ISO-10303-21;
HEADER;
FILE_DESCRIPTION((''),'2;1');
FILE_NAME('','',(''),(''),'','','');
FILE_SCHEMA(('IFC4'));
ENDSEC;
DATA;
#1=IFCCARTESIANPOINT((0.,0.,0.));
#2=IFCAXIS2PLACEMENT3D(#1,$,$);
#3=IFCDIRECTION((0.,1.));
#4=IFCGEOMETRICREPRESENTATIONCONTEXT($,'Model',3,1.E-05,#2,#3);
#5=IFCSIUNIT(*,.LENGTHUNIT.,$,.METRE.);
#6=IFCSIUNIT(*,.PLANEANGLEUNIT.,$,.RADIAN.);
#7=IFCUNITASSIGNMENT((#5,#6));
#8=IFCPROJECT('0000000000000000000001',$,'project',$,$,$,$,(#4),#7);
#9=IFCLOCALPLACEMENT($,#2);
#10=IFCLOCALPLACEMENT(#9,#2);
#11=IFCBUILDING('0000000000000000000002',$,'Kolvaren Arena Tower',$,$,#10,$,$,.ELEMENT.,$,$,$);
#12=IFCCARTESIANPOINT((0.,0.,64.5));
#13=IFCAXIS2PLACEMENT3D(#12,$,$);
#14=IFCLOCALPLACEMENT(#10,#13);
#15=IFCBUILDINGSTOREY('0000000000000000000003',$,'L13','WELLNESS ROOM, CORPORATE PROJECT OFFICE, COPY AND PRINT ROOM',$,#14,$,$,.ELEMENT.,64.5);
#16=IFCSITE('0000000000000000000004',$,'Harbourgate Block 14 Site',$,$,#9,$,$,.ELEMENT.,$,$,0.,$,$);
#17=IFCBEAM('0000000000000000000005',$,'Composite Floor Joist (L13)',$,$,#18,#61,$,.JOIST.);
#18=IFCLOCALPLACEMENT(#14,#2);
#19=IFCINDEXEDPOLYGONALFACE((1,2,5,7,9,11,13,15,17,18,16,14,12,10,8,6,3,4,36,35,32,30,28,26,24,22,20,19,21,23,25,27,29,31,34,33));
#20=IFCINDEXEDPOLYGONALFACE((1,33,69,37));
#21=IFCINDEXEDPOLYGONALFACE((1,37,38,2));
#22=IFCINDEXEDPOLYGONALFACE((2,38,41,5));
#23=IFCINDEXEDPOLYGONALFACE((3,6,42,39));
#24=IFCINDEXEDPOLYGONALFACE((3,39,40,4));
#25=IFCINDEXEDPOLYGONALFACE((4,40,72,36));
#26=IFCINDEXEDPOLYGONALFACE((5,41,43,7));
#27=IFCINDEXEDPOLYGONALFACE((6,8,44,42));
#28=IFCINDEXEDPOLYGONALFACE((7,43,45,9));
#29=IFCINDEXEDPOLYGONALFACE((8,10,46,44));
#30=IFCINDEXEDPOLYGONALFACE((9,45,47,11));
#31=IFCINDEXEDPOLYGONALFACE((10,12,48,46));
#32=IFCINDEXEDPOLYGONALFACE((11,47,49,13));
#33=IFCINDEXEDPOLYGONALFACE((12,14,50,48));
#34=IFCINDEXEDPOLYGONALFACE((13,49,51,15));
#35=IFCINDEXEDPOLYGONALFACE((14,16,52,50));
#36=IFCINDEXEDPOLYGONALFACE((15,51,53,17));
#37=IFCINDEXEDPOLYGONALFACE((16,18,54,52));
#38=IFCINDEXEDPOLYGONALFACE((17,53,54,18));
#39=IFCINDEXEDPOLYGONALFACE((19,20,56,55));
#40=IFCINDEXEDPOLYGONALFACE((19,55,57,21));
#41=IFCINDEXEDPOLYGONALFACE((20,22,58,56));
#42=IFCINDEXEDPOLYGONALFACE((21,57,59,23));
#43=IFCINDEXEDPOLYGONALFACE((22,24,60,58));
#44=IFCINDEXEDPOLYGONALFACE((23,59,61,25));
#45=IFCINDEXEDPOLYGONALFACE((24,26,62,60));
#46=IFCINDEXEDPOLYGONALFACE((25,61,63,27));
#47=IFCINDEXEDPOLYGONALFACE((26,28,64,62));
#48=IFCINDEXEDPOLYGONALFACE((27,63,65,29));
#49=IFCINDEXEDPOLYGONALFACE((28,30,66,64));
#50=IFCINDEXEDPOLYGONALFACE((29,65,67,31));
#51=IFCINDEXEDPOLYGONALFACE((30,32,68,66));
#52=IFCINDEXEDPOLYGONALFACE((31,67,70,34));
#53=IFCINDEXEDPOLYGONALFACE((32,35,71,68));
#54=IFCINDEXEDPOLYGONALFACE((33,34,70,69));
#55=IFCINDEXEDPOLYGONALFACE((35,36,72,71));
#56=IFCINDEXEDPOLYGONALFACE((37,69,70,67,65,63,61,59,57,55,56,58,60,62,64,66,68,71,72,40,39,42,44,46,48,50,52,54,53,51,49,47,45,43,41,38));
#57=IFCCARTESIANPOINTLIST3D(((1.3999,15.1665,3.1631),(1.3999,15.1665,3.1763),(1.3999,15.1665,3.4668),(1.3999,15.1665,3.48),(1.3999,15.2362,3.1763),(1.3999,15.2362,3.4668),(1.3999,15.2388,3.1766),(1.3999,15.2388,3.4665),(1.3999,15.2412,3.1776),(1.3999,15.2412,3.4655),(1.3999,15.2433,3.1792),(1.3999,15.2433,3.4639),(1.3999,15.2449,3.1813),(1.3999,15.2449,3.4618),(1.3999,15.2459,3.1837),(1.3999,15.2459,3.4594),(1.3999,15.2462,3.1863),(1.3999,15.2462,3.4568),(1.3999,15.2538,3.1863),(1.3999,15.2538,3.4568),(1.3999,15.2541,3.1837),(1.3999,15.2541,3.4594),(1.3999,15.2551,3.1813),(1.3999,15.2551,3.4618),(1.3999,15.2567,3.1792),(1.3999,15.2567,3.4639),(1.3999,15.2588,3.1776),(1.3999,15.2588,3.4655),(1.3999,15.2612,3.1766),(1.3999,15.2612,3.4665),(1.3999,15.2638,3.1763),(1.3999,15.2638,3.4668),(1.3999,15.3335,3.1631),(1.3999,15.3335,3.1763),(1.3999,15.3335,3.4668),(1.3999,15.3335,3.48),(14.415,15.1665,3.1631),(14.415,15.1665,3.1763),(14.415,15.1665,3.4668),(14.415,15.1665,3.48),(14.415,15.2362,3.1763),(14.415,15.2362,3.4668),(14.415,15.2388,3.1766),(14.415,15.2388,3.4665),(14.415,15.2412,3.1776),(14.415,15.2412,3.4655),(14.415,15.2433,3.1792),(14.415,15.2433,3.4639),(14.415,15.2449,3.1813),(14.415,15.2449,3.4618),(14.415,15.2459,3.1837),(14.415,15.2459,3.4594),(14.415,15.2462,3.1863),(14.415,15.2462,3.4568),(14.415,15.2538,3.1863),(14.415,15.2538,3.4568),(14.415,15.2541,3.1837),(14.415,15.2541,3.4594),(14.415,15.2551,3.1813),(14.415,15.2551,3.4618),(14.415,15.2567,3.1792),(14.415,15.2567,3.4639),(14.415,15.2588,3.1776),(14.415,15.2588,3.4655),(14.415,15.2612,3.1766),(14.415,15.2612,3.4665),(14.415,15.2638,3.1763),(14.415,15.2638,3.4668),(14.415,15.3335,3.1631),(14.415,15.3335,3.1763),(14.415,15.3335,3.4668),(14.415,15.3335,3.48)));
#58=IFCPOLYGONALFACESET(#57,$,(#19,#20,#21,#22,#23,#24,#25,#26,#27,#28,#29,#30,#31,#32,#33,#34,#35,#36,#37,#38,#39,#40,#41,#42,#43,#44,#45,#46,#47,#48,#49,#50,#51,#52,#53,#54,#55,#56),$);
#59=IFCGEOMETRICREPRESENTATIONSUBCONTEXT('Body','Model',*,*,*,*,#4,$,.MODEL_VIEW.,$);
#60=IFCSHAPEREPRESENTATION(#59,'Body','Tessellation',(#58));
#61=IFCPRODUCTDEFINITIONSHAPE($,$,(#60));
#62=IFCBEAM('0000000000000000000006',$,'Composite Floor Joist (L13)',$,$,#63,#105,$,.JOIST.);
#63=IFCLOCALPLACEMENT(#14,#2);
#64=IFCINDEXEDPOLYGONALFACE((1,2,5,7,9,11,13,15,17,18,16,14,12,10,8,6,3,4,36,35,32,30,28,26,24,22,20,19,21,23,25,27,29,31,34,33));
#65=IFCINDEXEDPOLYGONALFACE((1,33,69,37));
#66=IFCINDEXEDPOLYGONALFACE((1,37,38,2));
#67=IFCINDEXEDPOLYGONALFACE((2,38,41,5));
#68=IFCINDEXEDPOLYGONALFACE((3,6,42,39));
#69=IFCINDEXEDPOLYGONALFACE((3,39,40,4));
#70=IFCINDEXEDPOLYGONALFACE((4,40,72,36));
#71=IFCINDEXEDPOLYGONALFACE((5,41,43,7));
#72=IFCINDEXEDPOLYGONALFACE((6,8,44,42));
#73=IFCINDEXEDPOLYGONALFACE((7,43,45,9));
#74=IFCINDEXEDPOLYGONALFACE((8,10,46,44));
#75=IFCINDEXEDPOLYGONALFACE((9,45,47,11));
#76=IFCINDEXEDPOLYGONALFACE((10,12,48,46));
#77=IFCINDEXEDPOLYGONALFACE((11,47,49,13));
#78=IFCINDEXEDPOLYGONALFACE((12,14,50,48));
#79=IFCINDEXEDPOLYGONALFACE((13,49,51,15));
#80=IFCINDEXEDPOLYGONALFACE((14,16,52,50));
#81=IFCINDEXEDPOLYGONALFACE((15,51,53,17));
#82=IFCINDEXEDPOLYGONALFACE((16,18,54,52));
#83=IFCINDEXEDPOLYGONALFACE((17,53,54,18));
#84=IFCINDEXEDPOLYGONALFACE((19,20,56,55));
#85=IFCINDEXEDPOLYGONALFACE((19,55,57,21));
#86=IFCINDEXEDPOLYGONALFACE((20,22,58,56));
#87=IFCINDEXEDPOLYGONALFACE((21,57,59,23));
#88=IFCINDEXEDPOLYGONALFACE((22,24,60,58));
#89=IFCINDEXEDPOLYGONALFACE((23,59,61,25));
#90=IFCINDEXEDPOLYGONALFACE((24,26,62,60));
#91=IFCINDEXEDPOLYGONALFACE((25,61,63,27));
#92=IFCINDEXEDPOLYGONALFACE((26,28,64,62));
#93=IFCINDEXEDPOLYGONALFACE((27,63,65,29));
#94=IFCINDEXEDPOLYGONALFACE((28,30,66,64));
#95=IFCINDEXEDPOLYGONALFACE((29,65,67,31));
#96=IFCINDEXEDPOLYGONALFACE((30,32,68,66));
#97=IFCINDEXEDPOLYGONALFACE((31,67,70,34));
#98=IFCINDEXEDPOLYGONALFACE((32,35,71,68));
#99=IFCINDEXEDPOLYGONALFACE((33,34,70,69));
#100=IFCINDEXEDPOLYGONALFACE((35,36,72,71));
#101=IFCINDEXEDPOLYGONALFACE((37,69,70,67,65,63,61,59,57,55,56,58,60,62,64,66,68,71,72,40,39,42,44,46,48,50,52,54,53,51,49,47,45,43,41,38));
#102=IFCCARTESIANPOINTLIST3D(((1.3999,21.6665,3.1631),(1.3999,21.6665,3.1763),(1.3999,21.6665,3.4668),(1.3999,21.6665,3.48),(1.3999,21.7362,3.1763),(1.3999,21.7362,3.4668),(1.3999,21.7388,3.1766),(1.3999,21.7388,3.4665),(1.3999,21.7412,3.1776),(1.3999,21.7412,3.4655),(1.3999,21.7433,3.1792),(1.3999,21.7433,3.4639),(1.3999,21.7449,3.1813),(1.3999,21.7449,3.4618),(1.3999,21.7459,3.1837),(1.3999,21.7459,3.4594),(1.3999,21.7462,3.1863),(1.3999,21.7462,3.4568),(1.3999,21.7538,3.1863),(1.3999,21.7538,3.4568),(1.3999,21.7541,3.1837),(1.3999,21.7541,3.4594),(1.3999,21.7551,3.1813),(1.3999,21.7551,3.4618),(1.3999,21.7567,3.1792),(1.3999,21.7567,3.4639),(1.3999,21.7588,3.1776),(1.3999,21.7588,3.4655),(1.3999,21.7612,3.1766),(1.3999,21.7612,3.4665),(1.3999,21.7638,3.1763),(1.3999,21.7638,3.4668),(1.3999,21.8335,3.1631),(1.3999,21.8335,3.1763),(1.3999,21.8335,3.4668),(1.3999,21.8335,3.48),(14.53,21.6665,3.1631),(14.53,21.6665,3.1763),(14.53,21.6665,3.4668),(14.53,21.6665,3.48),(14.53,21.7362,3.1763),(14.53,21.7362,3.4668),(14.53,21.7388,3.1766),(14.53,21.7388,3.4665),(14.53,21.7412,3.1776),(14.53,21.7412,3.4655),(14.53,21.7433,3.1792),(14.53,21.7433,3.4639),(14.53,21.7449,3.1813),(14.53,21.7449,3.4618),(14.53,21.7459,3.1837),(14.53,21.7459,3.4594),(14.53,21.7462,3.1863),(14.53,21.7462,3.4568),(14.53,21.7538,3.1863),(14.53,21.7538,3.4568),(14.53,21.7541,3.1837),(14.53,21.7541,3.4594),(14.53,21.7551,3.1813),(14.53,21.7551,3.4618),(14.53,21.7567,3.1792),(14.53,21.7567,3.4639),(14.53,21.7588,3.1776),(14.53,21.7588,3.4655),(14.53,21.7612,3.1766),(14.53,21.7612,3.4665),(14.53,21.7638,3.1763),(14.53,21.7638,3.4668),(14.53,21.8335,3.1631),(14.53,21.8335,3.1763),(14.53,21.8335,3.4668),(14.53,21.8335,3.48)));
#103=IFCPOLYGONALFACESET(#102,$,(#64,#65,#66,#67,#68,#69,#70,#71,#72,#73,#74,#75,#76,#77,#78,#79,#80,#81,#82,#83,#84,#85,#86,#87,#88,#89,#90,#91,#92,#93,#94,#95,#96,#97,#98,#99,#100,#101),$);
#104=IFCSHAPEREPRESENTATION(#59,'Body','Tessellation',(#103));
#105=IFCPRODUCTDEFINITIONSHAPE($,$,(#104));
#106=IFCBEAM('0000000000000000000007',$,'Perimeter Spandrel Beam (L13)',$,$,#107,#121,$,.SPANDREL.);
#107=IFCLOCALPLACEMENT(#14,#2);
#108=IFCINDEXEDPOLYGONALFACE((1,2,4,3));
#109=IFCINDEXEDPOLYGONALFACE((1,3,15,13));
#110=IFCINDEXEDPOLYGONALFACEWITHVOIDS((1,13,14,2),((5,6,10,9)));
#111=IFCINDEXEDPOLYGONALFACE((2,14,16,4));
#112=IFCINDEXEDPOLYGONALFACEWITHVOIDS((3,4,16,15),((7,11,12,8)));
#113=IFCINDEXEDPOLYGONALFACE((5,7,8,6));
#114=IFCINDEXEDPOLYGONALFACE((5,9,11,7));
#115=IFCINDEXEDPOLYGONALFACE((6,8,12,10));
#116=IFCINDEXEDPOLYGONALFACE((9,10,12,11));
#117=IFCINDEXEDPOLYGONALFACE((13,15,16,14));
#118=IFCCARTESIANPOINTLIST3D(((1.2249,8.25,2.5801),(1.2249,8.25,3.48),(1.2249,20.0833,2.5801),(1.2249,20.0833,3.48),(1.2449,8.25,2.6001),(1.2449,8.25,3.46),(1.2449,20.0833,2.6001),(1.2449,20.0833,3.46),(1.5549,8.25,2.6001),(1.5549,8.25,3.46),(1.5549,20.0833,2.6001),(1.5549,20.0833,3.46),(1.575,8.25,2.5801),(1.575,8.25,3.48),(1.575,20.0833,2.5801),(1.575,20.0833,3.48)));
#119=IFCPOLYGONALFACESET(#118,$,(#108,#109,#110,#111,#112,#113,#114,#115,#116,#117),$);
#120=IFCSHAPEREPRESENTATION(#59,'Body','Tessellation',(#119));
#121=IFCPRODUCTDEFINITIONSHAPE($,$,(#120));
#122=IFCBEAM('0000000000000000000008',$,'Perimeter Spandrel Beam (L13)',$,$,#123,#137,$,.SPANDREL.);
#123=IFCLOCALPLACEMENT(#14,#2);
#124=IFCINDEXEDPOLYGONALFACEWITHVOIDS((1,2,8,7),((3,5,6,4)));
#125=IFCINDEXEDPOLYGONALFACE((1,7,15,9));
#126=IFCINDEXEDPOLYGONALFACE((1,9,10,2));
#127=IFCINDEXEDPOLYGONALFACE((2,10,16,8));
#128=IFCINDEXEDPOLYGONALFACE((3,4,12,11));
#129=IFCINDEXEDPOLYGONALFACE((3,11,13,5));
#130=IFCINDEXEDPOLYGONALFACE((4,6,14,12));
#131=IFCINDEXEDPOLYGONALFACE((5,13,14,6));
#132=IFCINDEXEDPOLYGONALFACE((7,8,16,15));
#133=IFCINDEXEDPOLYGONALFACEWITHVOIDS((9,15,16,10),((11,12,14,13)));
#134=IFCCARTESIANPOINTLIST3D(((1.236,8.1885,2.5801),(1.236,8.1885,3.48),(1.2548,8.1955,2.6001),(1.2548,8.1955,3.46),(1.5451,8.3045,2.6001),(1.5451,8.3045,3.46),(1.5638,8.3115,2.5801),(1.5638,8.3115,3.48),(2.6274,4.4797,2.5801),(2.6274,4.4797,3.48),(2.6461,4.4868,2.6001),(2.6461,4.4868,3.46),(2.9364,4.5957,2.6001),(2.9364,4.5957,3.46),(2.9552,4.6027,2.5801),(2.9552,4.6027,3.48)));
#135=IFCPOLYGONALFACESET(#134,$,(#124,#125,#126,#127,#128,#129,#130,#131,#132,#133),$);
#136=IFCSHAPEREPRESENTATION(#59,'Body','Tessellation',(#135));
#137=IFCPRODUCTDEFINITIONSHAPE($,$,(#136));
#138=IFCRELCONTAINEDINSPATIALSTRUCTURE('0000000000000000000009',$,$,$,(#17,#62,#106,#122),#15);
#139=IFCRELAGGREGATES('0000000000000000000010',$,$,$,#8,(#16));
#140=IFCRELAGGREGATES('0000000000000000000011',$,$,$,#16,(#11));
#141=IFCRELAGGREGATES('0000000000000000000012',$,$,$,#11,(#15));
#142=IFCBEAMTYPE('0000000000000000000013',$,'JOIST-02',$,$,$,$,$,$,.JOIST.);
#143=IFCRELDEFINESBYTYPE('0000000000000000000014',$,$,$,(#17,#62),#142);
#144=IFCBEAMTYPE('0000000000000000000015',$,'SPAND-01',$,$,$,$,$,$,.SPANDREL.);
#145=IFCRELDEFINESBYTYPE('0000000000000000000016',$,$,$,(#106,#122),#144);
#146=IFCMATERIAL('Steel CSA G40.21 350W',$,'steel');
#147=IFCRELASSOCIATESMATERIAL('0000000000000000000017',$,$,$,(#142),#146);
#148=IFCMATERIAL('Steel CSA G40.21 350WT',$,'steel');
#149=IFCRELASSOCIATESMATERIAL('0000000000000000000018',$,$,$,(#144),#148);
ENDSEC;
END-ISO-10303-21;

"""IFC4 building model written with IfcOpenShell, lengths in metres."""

from ifc_helpers import new_model, si_unit, direction, frame, origin, origin_2d, place, context, subcontext, project, spatial, hollow_rectangle, i_section, extrude, material, material_profile, profile_set, type_object, element, save


model = new_model("IFC4")

# Units and contexts
model_context = context("Model", 3, precision=1e-05, world=origin(), true_north=direction((0.0, 1.0)))
body_context = subcontext(model_context, "Body", "Model", "MODEL_VIEW")
ifc_project = project(units=[si_unit("LENGTHUNIT", "METRE"), si_unit("PLANEANGLEUNIT", "RADIAN")], contexts=[model_context])

# Site, building, storey
site_placement = place(None, origin())
site = spatial("IfcSite", under=ifc_project, at=site_placement, Name="Harbourgate Block 14 Site", CompositionType="ELEMENT", RefElevation=0.0)
building_placement = place(site_placement, origin())
building = spatial("IfcBuilding", under=site, at=building_placement, Name="Kolvaren Arena Tower", CompositionType="ELEMENT")
storey_placement = place(building_placement, frame((0.0, 0.0, 64.5)))
storey = spatial("IfcBuildingStorey", under=building, at=storey_placement, Name="L13", Description="WELLNESS ROOM, CORPORATE PROJECT OFFICE, COPY AND PRINT ROOM", CompositionType="ELEMENT", Elevation=64.5)

# Beams
ifc_material_1 = material(Name="Steel CSA G40.21 350W", Category="steel")
ifc_material_profile_1 = material_profile(ifc_material_1, i_section(OverallWidth=0.167, OverallDepth=0.3169, WebThickness=0.0076, FlangeThickness=0.0132, FilletRadius=0.01, at=origin_2d()), Name="W310x52")
ifc_profile_set_1 = profile_set([ifc_material_profile_1], Name="Steel CSA G40.21 350W")
beam_type_1 = type_object("IfcBeamType", Name="JOIST-02", PredefinedType="JOIST", material=ifc_profile_set_1)
for number, where, z_axis, x_axis, name in (
    (1, (1.3999, 15.25, 3.3215), (1.0, 0.0, 0.0), (0.0, 1.0, 0.0), "Composite Floor Joist (L13)"),
):
    element("IfcBeam", number, at=place(storey_placement, frame(where, z_axis=z_axis, x_axis=x_axis)), inside=storey, type_object=beam_type_1, Name=name, PredefinedType="JOIST", context=body_context, shape_type="SweptSolid", body=[
        extrude(i_section(OverallWidth=0.167, OverallDepth=0.3169, WebThickness=0.0076, FlangeThickness=0.0132, FilletRadius=0.01, at=origin_2d()), origin(), (0.0, 0.0, 1.0), 13.0151),
    ])
beam_1_placement = place(storey_placement, frame((1.3999, 21.75, 3.3215), z_axis=(1.0, 0.0, 0.0), x_axis=(0.0, 1.0, 0.0)))
element("IfcBeam", 2, at=beam_1_placement, inside=storey, type_object=beam_type_1, Name="Composite Floor Joist (L13)", PredefinedType="JOIST", context=body_context, shape_type="SweptSolid", body=[
    extrude(i_section(OverallWidth=0.167, OverallDepth=0.3169, WebThickness=0.0076, FlangeThickness=0.0132, FilletRadius=0.01, at=origin_2d()), origin(), (0.0, 0.0, 1.0), 13.1301),
])
ifc_material_2 = material(Name="Steel CSA G40.21 350WT", Category="steel")
ifc_material_profile_2 = material_profile(ifc_material_2, hollow_rectangle(XDim=0.3501, YDim=0.8999, WallThickness=0.02, at=origin_2d()), Name="HSS 900x350x20")
ifc_profile_set_2 = profile_set([ifc_material_profile_2], Name="Steel CSA G40.21 350WT")
beam_type_2 = type_object("IfcBeamType", Name="SPAND-01", PredefinedType="SPANDREL", material=ifc_profile_set_2)
beam_2_placement = place(storey_placement, frame((1.3999, 20.0833, 3.03), z_axis=(0.0, -1.0, 0.0), x_axis=(1.0, 0.0, 0.0)))
element("IfcBeam", 3, at=beam_2_placement, inside=storey, type_object=beam_type_2, Name="Perimeter Spandrel Beam (L13)", PredefinedType="SPANDREL", context=body_context, shape_type="SweptSolid", body=[
    extrude(hollow_rectangle(XDim=0.3501, YDim=0.8999, WallThickness=0.02, at=origin_2d()), origin(), (0.0, 0.0, 1.0), 11.8333),
])
beam_3_placement = place(storey_placement, frame((1.3999, 8.25, 3.03), z_axis=(0.351252, -0.936281, 0.0), x_axis=(0.936281, 0.351252, 0.0)))
element("IfcBeam", 4, at=beam_3_placement, inside=storey, type_object=beam_type_2, Name="Perimeter Spandrel Beam (L13)", PredefinedType="SPANDREL", context=body_context, shape_type="SweptSolid", body=[
    extrude(hollow_rectangle(XDim=0.3501, YDim=0.8999, WallThickness=0.02, at=origin_2d()), origin(), (0.0, 0.0, 1.0), 3.9612),
])

save(model, "model.ifc")
